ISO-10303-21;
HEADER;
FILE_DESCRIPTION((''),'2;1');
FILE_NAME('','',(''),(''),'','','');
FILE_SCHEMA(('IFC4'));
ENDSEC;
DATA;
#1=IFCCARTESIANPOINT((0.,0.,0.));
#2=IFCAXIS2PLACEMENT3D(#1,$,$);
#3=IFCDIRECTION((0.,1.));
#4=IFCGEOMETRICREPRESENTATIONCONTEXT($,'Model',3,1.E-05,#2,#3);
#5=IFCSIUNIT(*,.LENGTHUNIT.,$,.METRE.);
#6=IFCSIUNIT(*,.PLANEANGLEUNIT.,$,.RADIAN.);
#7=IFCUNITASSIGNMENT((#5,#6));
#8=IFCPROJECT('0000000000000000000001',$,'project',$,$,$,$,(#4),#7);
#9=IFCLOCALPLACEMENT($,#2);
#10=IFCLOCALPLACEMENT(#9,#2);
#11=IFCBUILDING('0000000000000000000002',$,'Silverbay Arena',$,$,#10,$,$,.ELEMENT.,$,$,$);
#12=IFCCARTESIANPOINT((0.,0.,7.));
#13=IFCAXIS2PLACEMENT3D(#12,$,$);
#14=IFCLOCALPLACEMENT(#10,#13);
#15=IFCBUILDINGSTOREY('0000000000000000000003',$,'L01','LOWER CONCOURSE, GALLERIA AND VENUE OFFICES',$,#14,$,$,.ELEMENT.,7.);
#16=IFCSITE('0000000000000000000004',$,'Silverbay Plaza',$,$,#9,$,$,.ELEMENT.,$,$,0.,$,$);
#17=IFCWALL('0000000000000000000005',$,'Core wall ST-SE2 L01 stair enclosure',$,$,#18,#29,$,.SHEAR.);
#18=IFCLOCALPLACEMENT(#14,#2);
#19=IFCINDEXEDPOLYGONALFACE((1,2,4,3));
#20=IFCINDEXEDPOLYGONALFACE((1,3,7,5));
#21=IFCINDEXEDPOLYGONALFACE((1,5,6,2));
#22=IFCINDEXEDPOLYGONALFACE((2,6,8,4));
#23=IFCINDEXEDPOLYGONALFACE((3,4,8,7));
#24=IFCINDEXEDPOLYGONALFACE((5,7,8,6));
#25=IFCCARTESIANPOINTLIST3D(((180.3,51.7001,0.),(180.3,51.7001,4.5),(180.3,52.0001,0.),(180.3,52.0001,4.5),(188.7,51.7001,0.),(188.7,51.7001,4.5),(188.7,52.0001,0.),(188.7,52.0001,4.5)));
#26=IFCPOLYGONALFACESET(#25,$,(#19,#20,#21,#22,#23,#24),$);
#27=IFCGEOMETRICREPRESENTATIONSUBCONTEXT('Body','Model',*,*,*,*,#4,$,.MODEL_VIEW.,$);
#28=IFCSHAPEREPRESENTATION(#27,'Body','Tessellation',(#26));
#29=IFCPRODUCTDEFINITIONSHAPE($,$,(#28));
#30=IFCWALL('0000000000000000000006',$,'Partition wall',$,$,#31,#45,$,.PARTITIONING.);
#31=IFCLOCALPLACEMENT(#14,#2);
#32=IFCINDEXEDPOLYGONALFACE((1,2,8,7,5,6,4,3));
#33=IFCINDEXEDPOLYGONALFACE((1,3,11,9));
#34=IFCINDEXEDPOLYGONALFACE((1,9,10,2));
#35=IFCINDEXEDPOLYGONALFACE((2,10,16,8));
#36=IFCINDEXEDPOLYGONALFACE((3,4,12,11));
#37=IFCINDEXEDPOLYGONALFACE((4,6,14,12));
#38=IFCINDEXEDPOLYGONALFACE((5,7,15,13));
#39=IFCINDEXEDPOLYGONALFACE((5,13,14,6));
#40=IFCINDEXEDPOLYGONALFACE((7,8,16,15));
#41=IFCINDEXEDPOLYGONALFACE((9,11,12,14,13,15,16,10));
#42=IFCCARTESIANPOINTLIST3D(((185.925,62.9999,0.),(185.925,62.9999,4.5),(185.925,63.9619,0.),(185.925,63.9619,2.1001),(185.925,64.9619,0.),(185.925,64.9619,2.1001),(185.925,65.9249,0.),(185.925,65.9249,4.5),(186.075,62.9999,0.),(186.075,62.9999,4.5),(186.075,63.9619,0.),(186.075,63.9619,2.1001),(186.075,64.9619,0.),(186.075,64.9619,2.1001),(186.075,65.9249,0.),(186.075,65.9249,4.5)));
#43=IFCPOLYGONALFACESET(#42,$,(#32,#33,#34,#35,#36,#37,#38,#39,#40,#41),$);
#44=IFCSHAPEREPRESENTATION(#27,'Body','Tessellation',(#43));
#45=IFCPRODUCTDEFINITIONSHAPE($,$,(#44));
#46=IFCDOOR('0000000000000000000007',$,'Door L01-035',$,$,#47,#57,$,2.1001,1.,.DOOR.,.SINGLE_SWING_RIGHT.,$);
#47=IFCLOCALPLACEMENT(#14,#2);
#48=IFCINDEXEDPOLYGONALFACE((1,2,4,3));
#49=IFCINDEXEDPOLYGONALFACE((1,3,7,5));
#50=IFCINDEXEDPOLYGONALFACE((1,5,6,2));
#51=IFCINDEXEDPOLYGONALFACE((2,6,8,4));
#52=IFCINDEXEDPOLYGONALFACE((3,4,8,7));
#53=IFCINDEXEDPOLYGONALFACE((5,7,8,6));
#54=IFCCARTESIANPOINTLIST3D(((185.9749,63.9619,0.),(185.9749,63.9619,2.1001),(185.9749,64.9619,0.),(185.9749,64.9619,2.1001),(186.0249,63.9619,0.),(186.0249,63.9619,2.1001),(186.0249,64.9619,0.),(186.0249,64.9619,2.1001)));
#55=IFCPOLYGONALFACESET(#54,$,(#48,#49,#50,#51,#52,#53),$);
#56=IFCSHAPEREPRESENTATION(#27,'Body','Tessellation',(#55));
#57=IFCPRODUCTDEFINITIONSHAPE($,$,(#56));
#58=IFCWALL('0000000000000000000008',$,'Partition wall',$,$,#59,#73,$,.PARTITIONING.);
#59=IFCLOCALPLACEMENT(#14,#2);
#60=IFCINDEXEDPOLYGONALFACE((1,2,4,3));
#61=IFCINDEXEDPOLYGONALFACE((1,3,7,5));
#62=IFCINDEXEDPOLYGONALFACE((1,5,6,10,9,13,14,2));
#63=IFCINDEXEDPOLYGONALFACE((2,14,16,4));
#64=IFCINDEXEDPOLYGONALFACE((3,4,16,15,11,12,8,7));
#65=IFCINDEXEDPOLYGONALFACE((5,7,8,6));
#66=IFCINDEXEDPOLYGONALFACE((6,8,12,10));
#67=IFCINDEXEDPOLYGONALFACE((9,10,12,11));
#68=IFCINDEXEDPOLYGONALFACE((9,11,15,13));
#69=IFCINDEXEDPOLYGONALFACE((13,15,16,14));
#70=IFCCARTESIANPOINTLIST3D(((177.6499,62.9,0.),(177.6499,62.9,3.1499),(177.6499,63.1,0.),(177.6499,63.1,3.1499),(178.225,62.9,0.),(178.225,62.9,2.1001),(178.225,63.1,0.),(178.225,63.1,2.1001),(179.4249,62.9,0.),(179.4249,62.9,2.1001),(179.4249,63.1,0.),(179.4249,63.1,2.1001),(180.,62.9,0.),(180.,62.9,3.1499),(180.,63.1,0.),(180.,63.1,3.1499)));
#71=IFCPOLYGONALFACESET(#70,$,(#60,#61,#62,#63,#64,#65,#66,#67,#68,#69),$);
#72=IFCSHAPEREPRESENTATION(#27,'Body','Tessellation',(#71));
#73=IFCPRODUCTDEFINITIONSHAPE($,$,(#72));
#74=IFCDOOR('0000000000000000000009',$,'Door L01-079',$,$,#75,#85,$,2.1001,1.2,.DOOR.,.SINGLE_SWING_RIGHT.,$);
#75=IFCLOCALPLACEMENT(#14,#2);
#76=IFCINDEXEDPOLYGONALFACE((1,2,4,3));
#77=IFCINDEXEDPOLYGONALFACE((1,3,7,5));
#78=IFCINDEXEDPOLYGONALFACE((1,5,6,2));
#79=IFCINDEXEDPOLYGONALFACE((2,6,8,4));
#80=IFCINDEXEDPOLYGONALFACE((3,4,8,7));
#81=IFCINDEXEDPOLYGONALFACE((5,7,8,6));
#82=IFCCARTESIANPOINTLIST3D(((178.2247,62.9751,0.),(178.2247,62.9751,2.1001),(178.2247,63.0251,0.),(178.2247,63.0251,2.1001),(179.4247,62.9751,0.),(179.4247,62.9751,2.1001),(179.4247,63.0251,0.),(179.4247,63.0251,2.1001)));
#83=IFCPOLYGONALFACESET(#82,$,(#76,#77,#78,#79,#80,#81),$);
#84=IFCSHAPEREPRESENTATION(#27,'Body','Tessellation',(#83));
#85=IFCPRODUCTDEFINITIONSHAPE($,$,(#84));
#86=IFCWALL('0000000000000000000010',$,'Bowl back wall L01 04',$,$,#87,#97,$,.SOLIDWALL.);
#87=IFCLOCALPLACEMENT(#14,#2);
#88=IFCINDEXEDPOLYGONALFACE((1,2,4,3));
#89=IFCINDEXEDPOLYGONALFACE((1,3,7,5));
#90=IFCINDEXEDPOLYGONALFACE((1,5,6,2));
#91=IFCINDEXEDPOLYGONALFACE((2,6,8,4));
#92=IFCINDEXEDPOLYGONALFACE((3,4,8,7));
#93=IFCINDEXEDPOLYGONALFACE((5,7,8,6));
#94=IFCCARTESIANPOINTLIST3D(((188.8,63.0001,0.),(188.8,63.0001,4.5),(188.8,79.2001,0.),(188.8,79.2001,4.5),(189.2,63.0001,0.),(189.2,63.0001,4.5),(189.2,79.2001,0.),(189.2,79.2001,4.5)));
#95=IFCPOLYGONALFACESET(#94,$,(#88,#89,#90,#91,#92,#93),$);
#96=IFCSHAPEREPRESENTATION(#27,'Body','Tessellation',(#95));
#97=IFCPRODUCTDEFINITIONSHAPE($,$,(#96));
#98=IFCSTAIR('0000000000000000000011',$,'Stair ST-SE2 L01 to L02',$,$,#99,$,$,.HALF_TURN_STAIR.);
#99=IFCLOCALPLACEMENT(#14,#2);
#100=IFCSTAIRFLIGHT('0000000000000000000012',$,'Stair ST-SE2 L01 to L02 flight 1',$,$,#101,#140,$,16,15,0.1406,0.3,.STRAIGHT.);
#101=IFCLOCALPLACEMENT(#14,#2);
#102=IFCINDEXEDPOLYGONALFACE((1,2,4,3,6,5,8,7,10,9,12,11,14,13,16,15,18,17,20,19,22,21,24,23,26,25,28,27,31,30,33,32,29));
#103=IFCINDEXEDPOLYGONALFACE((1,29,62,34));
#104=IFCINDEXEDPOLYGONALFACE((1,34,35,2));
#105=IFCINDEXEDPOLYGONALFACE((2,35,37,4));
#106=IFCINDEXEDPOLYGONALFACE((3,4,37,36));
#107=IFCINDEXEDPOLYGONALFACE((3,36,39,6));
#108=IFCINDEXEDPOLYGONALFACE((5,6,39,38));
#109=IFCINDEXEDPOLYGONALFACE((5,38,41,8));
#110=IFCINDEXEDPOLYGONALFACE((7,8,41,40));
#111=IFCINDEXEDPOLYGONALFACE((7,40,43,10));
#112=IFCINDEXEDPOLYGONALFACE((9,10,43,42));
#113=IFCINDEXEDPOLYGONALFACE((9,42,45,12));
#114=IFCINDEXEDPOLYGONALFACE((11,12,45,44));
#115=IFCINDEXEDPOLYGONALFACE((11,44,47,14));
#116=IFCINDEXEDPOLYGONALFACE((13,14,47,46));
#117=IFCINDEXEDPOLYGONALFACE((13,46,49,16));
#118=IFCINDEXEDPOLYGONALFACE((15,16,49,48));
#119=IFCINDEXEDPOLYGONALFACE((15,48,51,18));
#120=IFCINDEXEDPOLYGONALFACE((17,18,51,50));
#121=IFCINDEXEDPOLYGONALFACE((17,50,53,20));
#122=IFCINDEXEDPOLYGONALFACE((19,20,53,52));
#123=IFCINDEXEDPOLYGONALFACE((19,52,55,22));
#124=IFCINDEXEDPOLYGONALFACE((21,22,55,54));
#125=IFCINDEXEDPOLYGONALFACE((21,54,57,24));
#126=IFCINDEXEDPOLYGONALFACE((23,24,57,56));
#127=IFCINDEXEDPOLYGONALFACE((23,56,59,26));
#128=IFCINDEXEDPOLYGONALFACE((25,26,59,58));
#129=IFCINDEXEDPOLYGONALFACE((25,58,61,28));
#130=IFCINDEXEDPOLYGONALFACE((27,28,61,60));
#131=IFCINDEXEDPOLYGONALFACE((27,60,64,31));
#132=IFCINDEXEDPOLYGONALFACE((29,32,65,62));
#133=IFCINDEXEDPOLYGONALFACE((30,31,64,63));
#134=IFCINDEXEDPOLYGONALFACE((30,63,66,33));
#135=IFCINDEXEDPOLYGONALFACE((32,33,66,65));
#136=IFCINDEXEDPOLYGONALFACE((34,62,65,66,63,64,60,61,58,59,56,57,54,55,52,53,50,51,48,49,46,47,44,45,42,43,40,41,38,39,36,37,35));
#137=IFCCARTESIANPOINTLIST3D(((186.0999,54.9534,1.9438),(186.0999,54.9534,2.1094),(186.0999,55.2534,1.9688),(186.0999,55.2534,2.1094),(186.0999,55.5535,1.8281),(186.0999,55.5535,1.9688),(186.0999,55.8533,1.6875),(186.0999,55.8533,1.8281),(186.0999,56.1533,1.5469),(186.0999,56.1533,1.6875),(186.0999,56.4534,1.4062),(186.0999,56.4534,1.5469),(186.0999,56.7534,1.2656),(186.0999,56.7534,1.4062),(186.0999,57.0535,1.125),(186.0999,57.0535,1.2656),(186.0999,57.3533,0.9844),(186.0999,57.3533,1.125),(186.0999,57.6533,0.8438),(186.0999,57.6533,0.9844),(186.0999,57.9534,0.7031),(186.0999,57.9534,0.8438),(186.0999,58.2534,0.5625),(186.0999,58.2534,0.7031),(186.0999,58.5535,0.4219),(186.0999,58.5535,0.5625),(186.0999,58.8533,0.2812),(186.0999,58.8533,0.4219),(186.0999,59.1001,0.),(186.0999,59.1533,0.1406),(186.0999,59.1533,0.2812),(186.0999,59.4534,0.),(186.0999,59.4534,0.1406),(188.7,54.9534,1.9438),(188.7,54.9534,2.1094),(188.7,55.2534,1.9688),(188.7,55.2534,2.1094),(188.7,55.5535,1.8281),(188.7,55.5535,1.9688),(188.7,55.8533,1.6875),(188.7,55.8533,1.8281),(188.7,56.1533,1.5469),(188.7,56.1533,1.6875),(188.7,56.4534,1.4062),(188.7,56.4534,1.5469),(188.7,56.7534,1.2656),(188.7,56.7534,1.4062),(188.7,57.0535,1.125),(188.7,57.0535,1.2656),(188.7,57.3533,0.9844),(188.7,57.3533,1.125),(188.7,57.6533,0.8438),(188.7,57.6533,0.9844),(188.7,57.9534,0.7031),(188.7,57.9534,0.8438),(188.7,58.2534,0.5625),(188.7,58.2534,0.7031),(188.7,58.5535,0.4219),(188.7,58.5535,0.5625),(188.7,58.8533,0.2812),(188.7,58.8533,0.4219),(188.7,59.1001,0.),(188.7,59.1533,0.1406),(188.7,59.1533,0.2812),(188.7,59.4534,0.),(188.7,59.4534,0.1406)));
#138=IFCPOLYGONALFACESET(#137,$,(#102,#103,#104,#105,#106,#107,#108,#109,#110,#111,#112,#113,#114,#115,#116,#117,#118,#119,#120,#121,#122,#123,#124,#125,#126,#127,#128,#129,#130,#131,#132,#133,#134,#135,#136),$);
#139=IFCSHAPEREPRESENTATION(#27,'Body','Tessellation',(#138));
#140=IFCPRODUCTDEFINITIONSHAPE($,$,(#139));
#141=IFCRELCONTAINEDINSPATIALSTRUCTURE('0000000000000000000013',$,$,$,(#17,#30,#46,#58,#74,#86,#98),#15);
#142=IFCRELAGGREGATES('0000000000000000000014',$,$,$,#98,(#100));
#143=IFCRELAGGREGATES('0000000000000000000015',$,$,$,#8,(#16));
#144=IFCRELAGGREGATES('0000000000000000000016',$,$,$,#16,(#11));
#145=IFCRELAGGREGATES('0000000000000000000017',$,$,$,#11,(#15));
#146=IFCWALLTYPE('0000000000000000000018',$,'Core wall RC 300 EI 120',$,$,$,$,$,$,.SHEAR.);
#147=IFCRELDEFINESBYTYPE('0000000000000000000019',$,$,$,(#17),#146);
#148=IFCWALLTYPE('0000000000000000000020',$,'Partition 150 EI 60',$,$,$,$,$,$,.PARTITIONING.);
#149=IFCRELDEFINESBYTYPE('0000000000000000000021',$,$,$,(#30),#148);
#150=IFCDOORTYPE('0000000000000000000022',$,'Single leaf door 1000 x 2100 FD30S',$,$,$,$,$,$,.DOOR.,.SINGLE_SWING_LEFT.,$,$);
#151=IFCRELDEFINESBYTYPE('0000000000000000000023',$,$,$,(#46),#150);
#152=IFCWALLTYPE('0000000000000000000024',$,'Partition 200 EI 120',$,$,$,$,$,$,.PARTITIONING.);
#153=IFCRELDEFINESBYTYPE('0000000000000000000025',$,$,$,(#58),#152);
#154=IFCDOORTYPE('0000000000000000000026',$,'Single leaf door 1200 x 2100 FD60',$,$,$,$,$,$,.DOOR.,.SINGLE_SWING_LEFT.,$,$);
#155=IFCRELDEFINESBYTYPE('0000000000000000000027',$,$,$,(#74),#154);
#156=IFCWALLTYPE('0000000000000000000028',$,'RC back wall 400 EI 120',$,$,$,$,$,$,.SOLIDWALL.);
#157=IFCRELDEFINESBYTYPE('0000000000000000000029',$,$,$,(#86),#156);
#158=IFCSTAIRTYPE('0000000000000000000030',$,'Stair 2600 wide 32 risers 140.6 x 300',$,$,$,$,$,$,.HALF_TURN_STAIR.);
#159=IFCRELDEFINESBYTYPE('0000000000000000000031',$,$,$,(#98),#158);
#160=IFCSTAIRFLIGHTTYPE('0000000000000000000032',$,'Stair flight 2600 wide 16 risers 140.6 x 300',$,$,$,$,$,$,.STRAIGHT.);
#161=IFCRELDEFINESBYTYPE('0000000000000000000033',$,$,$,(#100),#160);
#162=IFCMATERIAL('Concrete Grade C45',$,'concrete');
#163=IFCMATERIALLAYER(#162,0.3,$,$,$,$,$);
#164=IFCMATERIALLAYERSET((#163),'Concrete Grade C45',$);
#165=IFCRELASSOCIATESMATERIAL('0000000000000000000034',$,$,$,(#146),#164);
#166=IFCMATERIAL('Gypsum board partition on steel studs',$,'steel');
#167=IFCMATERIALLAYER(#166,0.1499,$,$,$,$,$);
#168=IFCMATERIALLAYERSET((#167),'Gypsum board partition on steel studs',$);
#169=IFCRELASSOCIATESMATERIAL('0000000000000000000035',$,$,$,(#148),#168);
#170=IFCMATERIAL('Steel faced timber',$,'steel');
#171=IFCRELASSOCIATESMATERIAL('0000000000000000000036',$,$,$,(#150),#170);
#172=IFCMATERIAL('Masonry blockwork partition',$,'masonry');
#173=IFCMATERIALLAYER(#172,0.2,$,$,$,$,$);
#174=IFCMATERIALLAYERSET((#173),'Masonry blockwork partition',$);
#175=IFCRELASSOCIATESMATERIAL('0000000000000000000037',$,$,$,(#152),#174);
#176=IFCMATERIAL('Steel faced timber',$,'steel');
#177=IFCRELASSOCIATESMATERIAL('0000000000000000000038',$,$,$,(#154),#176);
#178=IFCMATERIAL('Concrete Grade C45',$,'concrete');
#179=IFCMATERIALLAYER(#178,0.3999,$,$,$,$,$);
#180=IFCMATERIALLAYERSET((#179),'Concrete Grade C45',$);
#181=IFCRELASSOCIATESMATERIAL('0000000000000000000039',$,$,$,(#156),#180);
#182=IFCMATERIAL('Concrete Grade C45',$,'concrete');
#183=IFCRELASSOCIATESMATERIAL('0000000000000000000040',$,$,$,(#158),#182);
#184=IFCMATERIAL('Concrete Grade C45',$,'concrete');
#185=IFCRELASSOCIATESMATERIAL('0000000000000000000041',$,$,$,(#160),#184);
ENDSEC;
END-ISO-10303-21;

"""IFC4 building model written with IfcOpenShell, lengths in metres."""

from ifc_helpers import new_model, si_unit, direction, frame, frame_2d, origin, place, context, subcontext, project, spatial, polyline, rectangle, outline, extrude, material, layer, layer_set, type_object, element, fill, aggregate, save


model = new_model("IFC4")

# Units and contexts
model_context = context("Model", 3, precision=1e-05, world=origin(), true_north=direction((0.0, 1.0)))
body_context = subcontext(model_context, "Body", "Model", "MODEL_VIEW")
ifc_project = project(units=[si_unit("LENGTHUNIT", "METRE"), si_unit("PLANEANGLEUNIT", "RADIAN")], contexts=[model_context])

# Site, building, storey
site_placement = place(None, origin())
site = spatial("IfcSite", under=ifc_project, at=site_placement, Name="Silverbay Plaza", CompositionType="ELEMENT", RefElevation=0.0)
building_placement = place(site_placement, origin())
building = spatial("IfcBuilding", under=site, at=building_placement, Name="Silverbay Arena", CompositionType="ELEMENT")
storey_placement = place(building_placement, frame((0.0, 0.0, 7.0)))
storey = spatial("IfcBuildingStorey", under=building, at=storey_placement, Name="L01", Description="LOWER CONCOURSE, GALLERIA AND VENUE OFFICES", CompositionType="ELEMENT", Elevation=7.0)

# Shared definitions
ifc_material_1 = material(Name="Concrete Grade C45", Category="concrete")
ifc_layer_1 = layer(ifc_material_1, 0.3)
ifc_layer_set_1 = layer_set([ifc_layer_1], Name="Concrete Grade C45")
wall_type_1 = type_object("IfcWallType", Name="Core wall RC 300 EI 120", PredefinedType="SHEAR", material=ifc_layer_set_1)

# Wall
for number, where, z_axis, x_axis, name in (
    (1, (180.3, 51.8501, 0.0), (0.0, 0.0, 1.0), (1.0, 0.0, 0.0), "Core wall ST-SE2 L01 stair enclosure"),
):
    element("IfcWall", number, at=place(storey_placement, frame(where, z_axis=z_axis, x_axis=x_axis)), inside=storey, type_object=wall_type_1, Name=name, PredefinedType="SHEAR", context=body_context, shape_type="SweptSolid", body=[
        extrude(rectangle(XDim=8.3999, YDim=0.3, at=frame_2d((4.2, 0.0))), origin(), (0.0, 0.0, 1.0), 4.5),
    ])

# Walls, openings, doors
ifc_material_2 = material(Name="Gypsum board partition on steel studs", Category="steel")
ifc_layer_2 = layer(ifc_material_2, 0.1499)
ifc_layer_set_2 = layer_set([ifc_layer_2], Name="Gypsum board partition on steel studs")
wall_type_2 = type_object("IfcWallType", Name="Partition 150 EI 60", PredefinedType="PARTITIONING", material=ifc_layer_set_2)
wall_1_placement = place(storey_placement, frame((186.0, 63.0, 0.0), z_axis=(0.0, 0.0, 1.0), x_axis=(0.0, 1.0, 0.0)))
wall_1 = element("IfcWall", 2, at=wall_1_placement, inside=storey, type_object=wall_type_2, Name="Partition wall", PredefinedType="PARTITIONING", context=body_context, shape_type="SweptSolid", body=[
    extrude(rectangle(XDim=2.925, YDim=0.1499, at=frame_2d((1.4624, 0.0))), origin(), (0.0, 0.0, 1.0), 4.5),
])
opening_1_placement = place(wall_1_placement, frame((0.9619, 0.0, 0.0)))
opening_1 = element("IfcOpeningElement", 3, at=opening_1_placement, cuts=wall_1, PredefinedType="OPENING", context=body_context, shape_type="SweptSolid", body=[
    extrude(rectangle(XDim=1.0, YDim=2.1001, at=frame_2d((0.5, 1.05))), frame((0.0, 0.085, 0.0), z_axis=(0.0, -1.0, 0.0), x_axis=(1.0, 0.0, 0.0)), (0.0, 0.0, 1.0), 0.1699),
])
ifc_material_3 = material(Name="Steel faced timber", Category="steel")
door_type_1 = type_object("IfcDoorType", Name="Single leaf door 1000 x 2100 FD30S", OperationType="SINGLE_SWING_LEFT", PredefinedType="DOOR", material=ifc_material_3)
door_1_placement = place(opening_1_placement, frame((1.0, 0.0, 0.0), z_axis=(0.0, 0.0, 1.0), x_axis=(-1.0, 0.0, 0.0)))
door_1 = element("IfcDoor", 4, at=door_1_placement, inside=storey, type_object=door_type_1, Name="Door L01-035", OperationType="SINGLE_SWING_RIGHT", OverallHeight=2.1001, OverallWidth=1.0, PredefinedType="DOOR", context=body_context, shape_type="SweptSolid", body=[
    extrude(rectangle(XDim=1.0, YDim=2.1001, at=frame_2d((0.5, 1.05))), frame((0.0, 0.0249, 0.0), z_axis=(0.0, -1.0, 0.0), x_axis=(1.0, 0.0, 0.0)), (0.0, 0.0, 1.0), 0.05),
])
fill(opening_1, door_1)
ifc_material_4 = material(Name="Masonry blockwork partition", Category="masonry")
ifc_layer_3 = layer(ifc_material_4, 0.2)
ifc_layer_set_3 = layer_set([ifc_layer_3], Name="Masonry blockwork partition")
wall_type_3 = type_object("IfcWallType", Name="Partition 200 EI 120", PredefinedType="PARTITIONING", material=ifc_layer_set_3)
wall_2_placement = place(storey_placement, frame((177.6499, 63.0, 0.0), z_axis=(0.0, 0.0, 1.0), x_axis=(1.0, 0.0, 0.0)))
wall_2 = element("IfcWall", 5, at=wall_2_placement, inside=storey, type_object=wall_type_3, Name="Partition wall", PredefinedType="PARTITIONING", context=body_context, shape_type="SweptSolid", body=[
    extrude(rectangle(XDim=2.3501, YDim=0.2, at=frame_2d((1.175, 0.0))), origin(), (0.0, 0.0, 1.0), 3.1499),
])
opening_2_placement = place(wall_2_placement, frame((0.575, 0.0, 0.0)))
opening_2 = element("IfcOpeningElement", 6, at=opening_2_placement, cuts=wall_2, PredefinedType="OPENING", context=body_context, shape_type="SweptSolid", body=[
    extrude(rectangle(XDim=1.2, YDim=2.1001, at=frame_2d((0.6001, 1.05))), frame((0.0, 0.1099, 0.0), z_axis=(0.0, -1.0, 0.0), x_axis=(1.0, 0.0, 0.0)), (0.0, 0.0, 1.0), 0.22),
])
ifc_material_5 = material(Name="Steel faced timber", Category="steel")
door_type_2 = type_object("IfcDoorType", Name="Single leaf door 1200 x 2100 FD60", OperationType="SINGLE_SWING_LEFT", PredefinedType="DOOR", material=ifc_material_5)
door_2_placement = place(opening_2_placement, frame((1.2, 0.0, 0.0), z_axis=(0.0, 0.0, 1.0), x_axis=(-1.0, 0.0, 0.0)))
door_2 = element("IfcDoor", 7, at=door_2_placement, inside=storey, type_object=door_type_2, Name="Door L01-079", OperationType="SINGLE_SWING_RIGHT", OverallHeight=2.1001, OverallWidth=1.2, PredefinedType="DOOR", context=body_context, shape_type="SweptSolid", body=[
    extrude(rectangle(XDim=1.2, YDim=2.1001, at=frame_2d((0.6001, 1.05))), frame((0.0, 0.0249, 0.0), z_axis=(0.0, -1.0, 0.0), x_axis=(1.0, 0.0, 0.0)), (0.0, 0.0, 1.0), 0.05),
])
fill(opening_2, door_2)

# Wall
ifc_material_6 = material(Name="Concrete Grade C45", Category="concrete")
ifc_layer_4 = layer(ifc_material_6, 0.3999)
ifc_layer_set_4 = layer_set([ifc_layer_4], Name="Concrete Grade C45")
wall_type_4 = type_object("IfcWallType", Name="RC back wall 400 EI 120", PredefinedType="SOLIDWALL", material=ifc_layer_set_4)
wall_3_placement = place(storey_placement, frame((189.0, 63.0, 0.0), z_axis=(0.0, 0.0, 1.0), x_axis=(0.0, 1.0, 0.0)))
element("IfcWall", 8, at=wall_3_placement, inside=storey, type_object=wall_type_4, Name="Bowl back wall L01 04", PredefinedType="SOLIDWALL", context=body_context, shape_type="SweptSolid", body=[
    extrude(rectangle(XDim=16.2, YDim=0.3999, at=frame_2d((8.1001, 0.0))), origin(), (0.0, 0.0, 1.0), 4.5),
])

# Stair, stair flight
ifc_material_7 = material(Name="Concrete Grade C45", Category="concrete")
stair_type = type_object("IfcStairType", Name="Stair 2600 wide 32 risers 140.6 x 300", PredefinedType="HALF_TURN_STAIR", material=ifc_material_7)
stair_placement = place(storey_placement, origin())
stair = element("IfcStair", 9, at=stair_placement, inside=storey, type_object=stair_type, Name="Stair ST-SE2 L01 to L02", PredefinedType="HALF_TURN_STAIR")
ifc_material_8 = material(Name="Concrete Grade C45", Category="concrete")
stair_flight_type = type_object("IfcStairFlightType", Name="Stair flight 2600 wide 16 risers 140.6 x 300", PredefinedType="STRAIGHT", material=ifc_material_8)
stair_flight_1_placement = place(storey_placement, frame((187.3999, 59.4534, 0.0), z_axis=(0.0, 0.0, 1.0), x_axis=(0.0, -1.0, 0.0)))
stair_flight_1 = element("IfcStairFlight", 10, at=stair_flight_1_placement, type_object=stair_flight_type, Name="Stair ST-SE2 L01 to L02 flight 1", NumberOfRisers=16, NumberOfTreads=15, PredefinedType="STRAIGHT", RiserHeight=0.1406, TreadLength=0.3, context=body_context, shape_type="SweptSolid", body=[
    extrude(outline(polyline([(0.0, 0.0), (0.0, 0.1406), (0.3, 0.1406), (0.3, 0.2812), (0.6001, 0.2812), (0.6001, 0.4219), (0.8999, 0.4219), (0.8999, 0.5625), (1.2, 0.5625), (1.2, 0.7031), (1.5, 0.7031), (1.5, 0.8438), (1.8, 0.8438), (1.8, 0.9844), (2.1001, 0.9844), (2.1001, 1.125), (2.3999, 1.125), (2.3999, 1.2656), (2.7, 1.2656), (2.7, 1.4062), (3.0, 1.4062), (3.0, 1.5469), (3.3, 1.5469), (3.3, 1.6875), (3.6001, 1.6875), (3.6001, 1.8281), (3.8999, 1.8281), (3.8999, 1.9688), (4.2, 1.9688), (4.2, 2.1094), (4.5, 2.1094), (4.5, 1.9438), (0.3533, 0.0), (0.0, 0.0)])), frame((0.0, 1.3, 0.0), z_axis=(0.0, -1.0, 0.0), x_axis=(1.0, 0.0, 0.0)), (0.0, 0.0, 1.0), 2.6001),
])
aggregate(stair, [stair_flight_1])

save(model, "model.ifc")
